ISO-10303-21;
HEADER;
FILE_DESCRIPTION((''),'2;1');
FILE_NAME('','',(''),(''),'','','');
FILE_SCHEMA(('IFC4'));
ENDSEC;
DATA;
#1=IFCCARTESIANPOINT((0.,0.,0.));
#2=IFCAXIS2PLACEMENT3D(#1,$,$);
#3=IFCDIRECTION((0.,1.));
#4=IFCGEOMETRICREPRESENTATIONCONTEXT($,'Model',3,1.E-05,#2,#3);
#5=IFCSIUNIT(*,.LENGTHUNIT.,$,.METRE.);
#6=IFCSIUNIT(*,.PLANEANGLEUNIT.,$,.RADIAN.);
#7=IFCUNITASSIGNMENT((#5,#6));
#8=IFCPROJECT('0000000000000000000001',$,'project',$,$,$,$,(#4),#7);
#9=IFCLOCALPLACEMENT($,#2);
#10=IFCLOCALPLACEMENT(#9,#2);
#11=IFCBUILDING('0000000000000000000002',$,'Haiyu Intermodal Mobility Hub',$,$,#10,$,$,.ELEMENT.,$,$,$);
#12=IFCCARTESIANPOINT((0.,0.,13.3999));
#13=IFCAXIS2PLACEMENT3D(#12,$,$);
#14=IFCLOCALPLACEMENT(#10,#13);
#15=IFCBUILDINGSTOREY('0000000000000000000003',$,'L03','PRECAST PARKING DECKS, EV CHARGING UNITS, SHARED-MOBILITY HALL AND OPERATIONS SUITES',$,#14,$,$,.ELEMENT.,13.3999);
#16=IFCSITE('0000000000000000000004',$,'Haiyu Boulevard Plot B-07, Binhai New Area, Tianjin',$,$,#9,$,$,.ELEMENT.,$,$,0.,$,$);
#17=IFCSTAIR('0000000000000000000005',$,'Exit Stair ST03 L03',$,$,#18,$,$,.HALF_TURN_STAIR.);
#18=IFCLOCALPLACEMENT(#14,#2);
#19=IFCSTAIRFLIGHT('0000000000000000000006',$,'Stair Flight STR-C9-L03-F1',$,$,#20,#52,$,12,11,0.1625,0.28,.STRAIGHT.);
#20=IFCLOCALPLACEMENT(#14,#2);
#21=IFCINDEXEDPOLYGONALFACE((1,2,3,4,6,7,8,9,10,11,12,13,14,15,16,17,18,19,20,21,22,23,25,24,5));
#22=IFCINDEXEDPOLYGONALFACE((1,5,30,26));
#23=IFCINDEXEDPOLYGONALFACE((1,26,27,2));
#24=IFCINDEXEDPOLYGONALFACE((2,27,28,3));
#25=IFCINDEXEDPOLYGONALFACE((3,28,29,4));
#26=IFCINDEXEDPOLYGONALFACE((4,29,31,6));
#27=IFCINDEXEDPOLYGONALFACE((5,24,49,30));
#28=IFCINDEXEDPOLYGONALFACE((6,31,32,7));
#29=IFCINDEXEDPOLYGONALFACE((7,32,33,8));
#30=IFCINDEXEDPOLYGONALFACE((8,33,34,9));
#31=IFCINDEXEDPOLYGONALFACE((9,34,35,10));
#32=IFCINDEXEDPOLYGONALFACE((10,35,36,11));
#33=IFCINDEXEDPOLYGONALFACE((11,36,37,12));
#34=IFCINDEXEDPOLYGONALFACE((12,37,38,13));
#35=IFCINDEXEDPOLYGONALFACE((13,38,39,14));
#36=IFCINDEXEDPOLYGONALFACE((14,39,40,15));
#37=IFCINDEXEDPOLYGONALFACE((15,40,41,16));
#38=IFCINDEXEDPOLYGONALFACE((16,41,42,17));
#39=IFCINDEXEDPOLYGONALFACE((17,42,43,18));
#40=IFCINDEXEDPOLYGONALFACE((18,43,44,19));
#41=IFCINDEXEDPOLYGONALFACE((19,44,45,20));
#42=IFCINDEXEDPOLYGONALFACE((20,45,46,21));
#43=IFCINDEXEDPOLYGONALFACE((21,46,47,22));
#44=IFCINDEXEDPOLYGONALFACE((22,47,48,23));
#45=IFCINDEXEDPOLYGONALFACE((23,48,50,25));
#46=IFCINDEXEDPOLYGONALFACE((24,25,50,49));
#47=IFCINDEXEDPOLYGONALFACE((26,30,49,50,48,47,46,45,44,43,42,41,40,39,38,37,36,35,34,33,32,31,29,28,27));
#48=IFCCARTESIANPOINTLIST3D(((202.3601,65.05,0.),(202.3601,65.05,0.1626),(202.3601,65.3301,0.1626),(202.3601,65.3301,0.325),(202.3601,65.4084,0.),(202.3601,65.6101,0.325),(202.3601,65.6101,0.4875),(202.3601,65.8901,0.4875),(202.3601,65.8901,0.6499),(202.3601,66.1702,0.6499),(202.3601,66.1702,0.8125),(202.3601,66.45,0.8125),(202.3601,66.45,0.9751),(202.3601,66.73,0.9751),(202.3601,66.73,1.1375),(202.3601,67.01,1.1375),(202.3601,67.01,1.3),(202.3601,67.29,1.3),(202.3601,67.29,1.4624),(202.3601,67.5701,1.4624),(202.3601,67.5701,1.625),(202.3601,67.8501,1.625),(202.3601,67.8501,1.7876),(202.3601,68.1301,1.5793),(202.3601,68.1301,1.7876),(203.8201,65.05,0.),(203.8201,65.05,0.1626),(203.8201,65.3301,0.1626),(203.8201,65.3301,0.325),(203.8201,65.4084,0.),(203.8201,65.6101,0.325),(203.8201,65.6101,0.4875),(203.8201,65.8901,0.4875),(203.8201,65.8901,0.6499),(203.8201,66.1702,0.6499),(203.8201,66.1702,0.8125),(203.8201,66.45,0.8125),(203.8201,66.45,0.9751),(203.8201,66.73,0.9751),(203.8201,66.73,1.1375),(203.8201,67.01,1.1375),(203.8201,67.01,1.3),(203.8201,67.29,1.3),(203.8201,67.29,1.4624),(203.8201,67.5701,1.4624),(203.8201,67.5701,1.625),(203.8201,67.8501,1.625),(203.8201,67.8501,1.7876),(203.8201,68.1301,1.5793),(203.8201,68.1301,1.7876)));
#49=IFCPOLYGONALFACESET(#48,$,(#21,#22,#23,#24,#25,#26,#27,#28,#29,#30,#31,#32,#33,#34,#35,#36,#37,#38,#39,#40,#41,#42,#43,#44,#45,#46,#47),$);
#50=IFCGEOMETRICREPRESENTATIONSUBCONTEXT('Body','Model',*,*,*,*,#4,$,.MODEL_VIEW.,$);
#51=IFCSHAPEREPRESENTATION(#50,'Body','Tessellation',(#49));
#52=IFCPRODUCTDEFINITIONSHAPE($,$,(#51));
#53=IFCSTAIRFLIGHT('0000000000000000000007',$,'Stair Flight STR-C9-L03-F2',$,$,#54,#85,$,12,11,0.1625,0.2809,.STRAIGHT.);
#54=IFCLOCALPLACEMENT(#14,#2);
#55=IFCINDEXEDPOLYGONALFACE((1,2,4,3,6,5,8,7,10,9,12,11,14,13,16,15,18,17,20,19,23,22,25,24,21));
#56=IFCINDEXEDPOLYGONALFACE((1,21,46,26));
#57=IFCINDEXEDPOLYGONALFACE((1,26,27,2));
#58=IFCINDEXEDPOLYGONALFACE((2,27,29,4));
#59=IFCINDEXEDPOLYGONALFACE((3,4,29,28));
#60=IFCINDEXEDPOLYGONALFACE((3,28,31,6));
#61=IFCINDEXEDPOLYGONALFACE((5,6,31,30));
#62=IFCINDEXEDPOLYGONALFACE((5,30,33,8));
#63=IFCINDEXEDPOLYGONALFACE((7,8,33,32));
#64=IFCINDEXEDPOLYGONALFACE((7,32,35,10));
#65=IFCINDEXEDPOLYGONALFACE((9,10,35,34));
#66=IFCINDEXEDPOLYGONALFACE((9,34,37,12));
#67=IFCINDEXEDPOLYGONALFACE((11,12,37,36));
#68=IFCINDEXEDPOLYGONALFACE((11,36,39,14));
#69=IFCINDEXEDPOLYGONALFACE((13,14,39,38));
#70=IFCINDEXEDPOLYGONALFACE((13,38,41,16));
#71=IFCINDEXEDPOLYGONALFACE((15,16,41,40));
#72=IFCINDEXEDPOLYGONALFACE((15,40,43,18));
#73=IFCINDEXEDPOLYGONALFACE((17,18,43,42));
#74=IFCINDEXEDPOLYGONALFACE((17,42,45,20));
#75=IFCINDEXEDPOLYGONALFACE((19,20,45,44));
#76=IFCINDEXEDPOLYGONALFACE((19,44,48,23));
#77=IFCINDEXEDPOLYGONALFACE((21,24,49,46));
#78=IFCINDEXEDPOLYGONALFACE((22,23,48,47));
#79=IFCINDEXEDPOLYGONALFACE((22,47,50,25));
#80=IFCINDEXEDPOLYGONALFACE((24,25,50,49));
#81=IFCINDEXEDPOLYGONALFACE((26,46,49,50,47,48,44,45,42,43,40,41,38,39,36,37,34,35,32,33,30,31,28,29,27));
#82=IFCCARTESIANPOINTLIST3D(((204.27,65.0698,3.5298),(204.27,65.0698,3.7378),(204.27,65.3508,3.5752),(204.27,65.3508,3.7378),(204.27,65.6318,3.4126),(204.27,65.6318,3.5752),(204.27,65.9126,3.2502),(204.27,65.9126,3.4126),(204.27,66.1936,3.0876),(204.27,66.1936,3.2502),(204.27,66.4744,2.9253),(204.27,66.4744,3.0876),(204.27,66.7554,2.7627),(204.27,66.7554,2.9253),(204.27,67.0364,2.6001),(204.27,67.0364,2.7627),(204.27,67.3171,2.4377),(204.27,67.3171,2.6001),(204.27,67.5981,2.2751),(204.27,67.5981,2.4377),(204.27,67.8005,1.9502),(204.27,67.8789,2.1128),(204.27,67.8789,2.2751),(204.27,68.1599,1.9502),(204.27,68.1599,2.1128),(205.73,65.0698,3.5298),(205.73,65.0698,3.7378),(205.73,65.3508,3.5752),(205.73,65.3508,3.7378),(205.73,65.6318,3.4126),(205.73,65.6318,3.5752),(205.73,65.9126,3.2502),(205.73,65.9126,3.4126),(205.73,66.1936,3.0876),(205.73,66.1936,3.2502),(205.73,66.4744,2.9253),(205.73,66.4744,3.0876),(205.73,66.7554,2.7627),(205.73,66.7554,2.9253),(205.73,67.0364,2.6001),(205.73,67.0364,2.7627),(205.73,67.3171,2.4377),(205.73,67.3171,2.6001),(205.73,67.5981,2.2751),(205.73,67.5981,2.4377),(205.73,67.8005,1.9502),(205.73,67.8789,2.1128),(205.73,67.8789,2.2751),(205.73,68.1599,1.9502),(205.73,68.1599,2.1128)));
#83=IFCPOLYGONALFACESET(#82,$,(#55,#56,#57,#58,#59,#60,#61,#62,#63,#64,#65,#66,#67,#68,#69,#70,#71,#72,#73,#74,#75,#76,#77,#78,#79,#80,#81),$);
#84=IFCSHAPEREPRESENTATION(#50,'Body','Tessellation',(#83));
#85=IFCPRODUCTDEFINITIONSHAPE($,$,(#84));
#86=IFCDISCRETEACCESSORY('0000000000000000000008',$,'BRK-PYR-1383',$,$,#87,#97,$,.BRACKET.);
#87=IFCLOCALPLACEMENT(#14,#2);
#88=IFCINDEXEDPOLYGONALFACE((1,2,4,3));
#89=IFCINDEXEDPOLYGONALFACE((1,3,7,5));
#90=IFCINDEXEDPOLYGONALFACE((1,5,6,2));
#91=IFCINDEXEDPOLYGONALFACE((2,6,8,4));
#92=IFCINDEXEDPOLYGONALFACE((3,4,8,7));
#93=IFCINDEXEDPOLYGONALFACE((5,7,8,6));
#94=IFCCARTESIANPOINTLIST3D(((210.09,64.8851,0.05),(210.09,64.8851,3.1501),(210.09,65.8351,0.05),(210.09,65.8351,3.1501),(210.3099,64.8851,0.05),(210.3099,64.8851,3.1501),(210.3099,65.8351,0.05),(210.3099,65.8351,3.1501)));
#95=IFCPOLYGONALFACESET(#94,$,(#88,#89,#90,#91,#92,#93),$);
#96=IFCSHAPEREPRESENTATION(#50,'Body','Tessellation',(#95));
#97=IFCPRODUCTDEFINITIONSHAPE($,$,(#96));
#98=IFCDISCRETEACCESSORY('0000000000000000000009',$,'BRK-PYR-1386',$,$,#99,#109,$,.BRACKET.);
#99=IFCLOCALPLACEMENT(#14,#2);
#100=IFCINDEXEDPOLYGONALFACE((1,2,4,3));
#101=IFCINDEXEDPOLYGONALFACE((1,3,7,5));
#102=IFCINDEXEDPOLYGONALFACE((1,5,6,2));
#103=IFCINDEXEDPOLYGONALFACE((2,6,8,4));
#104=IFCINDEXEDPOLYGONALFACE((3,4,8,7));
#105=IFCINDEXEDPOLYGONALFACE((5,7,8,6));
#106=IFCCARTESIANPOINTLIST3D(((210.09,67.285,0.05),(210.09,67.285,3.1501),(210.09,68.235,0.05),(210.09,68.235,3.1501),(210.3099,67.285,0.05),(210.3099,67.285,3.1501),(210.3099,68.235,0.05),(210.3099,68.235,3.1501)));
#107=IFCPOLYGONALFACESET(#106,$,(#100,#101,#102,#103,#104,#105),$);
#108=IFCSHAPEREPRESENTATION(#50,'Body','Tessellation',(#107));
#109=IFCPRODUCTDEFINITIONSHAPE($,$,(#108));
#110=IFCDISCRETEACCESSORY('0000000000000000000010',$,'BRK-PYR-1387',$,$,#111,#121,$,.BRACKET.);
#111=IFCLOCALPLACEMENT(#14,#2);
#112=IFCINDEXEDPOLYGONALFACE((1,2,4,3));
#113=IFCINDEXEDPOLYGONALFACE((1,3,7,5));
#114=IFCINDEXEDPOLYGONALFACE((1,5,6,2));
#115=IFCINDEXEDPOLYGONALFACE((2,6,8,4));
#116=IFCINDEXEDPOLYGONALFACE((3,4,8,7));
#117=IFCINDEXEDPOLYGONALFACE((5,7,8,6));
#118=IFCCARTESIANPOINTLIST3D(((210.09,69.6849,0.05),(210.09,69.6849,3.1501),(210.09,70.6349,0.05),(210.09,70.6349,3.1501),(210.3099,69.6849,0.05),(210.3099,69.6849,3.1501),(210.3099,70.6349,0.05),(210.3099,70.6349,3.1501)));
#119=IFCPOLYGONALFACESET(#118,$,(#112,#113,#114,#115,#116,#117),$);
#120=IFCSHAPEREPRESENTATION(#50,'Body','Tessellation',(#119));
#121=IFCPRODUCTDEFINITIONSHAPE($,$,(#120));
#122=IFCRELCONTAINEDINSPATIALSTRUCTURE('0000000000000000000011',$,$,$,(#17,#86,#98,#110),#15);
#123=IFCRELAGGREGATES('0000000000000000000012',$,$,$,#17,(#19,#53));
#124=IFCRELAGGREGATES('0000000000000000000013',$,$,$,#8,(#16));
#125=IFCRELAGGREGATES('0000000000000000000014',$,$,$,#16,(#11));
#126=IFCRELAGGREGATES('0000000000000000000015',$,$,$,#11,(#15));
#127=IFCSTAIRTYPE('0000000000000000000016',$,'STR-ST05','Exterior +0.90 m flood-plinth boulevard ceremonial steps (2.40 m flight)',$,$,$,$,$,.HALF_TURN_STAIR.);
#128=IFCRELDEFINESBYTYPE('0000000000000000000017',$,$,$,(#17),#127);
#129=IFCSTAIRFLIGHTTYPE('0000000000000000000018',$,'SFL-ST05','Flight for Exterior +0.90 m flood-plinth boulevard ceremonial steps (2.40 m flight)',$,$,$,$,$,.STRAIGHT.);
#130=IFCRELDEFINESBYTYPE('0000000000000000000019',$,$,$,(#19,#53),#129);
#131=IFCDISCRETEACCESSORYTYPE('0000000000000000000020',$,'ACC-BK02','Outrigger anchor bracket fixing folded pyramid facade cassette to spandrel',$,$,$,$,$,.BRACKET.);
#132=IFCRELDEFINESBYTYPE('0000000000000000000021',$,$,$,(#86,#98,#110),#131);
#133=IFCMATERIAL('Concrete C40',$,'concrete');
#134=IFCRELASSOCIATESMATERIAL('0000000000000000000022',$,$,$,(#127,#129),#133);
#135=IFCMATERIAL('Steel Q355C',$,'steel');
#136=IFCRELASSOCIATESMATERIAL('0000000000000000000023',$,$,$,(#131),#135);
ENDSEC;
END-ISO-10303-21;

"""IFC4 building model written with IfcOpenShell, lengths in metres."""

from ifc_helpers import new_model, si_unit, direction, frame, origin, origin_2d, place, context, subcontext, project, spatial, polyline, rectangle, outline, extrude, material, type_object, element, aggregate, save


model = new_model("IFC4")

# Units and contexts
model_context = context("Model", 3, precision=1e-05, world=origin(), true_north=direction((0.0, 1.0)))
body_context = subcontext(model_context, "Body", "Model", "MODEL_VIEW")
ifc_project = project(units=[si_unit("LENGTHUNIT", "METRE"), si_unit("PLANEANGLEUNIT", "RADIAN")], contexts=[model_context])

# Site, building, storey
site_placement = place(None, origin())
site = spatial("IfcSite", under=ifc_project, at=site_placement, Name="Haiyu Boulevard Plot B-07, Binhai New Area, Tianjin", CompositionType="ELEMENT", RefElevation=0.0)
building_placement = place(site_placement, origin())
building = spatial("IfcBuilding", under=site, at=building_placement, Name="Haiyu Intermodal Mobility Hub", CompositionType="ELEMENT")
storey_placement = place(building_placement, frame((0.0, 0.0, 13.3999)))
storey = spatial("IfcBuildingStorey", under=building, at=storey_placement, Name="L03", Description="PRECAST PARKING DECKS, EV CHARGING UNITS, SHARED-MOBILITY HALL AND OPERATIONS SUITES", CompositionType="ELEMENT", Elevation=13.3999)

# Shared definitions
ifc_material_1 = material(Name="Concrete C40", Category="concrete")
ifc_material_2 = material(Name="Steel Q355C", Category="steel")

# Stair, stair flights
stair_type = type_object("IfcStairType", Name="STR-ST05", Description="Exterior +0.90 m flood-plinth boulevard ceremonial steps (2.40 m flight)", PredefinedType="HALF_TURN_STAIR", material=ifc_material_1)
stair_placement = place(storey_placement, origin())
stair = element("IfcStair", 1, at=stair_placement, inside=storey, type_object=stair_type, Name="Exit Stair ST03 L03", PredefinedType="HALF_TURN_STAIR")
stair_flight_type = type_object("IfcStairFlightType", Name="SFL-ST05", Description="Flight for Exterior +0.90 m flood-plinth boulevard ceremonial steps (2.40 m flight)", PredefinedType="STRAIGHT", material=ifc_material_1)
stair_flight_1_placement = place(storey_placement, frame((203.0901, 65.05, 0.0), z_axis=(0.0, 0.0, 1.0), x_axis=(0.0, 1.0, 0.0)))
stair_flight_1 = element("IfcStairFlight", 2, at=stair_flight_1_placement, type_object=stair_flight_type, Name="Stair Flight STR-C9-L03-F1", NumberOfRisers=12, NumberOfTreads=11, PredefinedType="STRAIGHT", RiserHeight=0.1625, TreadLength=0.28, context=body_context, shape_type="SweptSolid", body=[
    extrude(outline(polyline([(0.0, 0.0), (0.0, 0.1626), (0.28, 0.1626), (0.28, 0.325), (0.5601, 0.325), (0.5601, 0.4875), (0.8401, 0.4875), (0.8401, 0.6499), (1.1201, 0.6499), (1.1201, 0.8125), (1.3999, 0.8125), (1.3999, 0.9751), (1.6799, 0.9751), (1.6799, 1.1375), (1.96, 1.1375), (1.96, 1.3), (2.24, 1.3), (2.24, 1.4624), (2.52, 1.4624), (2.52, 1.625), (2.8, 1.625), (2.8, 1.7876), (3.0801, 1.7876), (3.0801, 1.95), (3.0801, 1.5793), (0.3584, 0.0), (0.0, 0.0)])), frame((0.0, 0.73, 0.0), z_axis=(0.0, -1.0, 0.0), x_axis=(1.0, 0.0, 0.0)), (0.0, 0.0, 1.0), 1.46),
])
stair_flight_2_placement = place(storey_placement, frame((205.0, 68.1599, 1.9502), z_axis=(0.0, 0.0, 1.0), x_axis=(0.0, -1.0, 0.0)))
stair_flight_2 = element("IfcStairFlight", 3, at=stair_flight_2_placement, type_object=stair_flight_type, Name="Stair Flight STR-C9-L03-F2", NumberOfRisers=12, NumberOfTreads=11, PredefinedType="STRAIGHT", RiserHeight=0.1625, TreadLength=0.2809, context=body_context, shape_type="SweptSolid", body=[
    extrude(outline(polyline([(0.0, 0.0), (0.0, 0.1626), (0.281, 0.1626), (0.281, 0.325), (0.5618, 0.325), (0.5618, 0.4875), (0.8428, 0.4875), (0.8428, 0.6499), (1.1235, 0.6499), (1.1235, 0.8125), (1.4045, 0.8125), (1.4045, 0.9751), (1.6855, 0.9751), (1.6855, 1.1375), (1.9663, 1.1375), (1.9663, 1.3), (2.2473, 1.3), (2.2473, 1.4624), (2.5281, 1.4624), (2.5281, 1.625), (2.8091, 1.625), (2.8091, 1.7876), (3.0901, 1.7876), (3.0901, 1.95), (3.0901, 1.5796), (0.3594, 0.0), (0.0, 0.0)])), frame((0.0, 0.73, 0.0), z_axis=(0.0, -1.0, 0.0), x_axis=(1.0, 0.0, 0.0)), (0.0, 0.0, 1.0), 1.46),
])
aggregate(stair, [stair_flight_1, stair_flight_2])

# Discrete accessories
discrete_accessory_type = type_object("IfcDiscreteAccessoryType", Name="ACC-BK02", Description="Outrigger anchor bracket fixing folded pyramid facade cassette to spandrel", PredefinedType="BRACKET", material=ifc_material_2)
for number, where, z_axis, x_axis, name in (
    (4, (210.2, 65.3601, 0.05), (0.0, 0.0, 1.0), (1.0, 0.0, 0.0), "BRK-PYR-1383"),
    (5, (210.2, 67.76, 0.05), (0.0, 0.0, 1.0), (1.0, 0.0, 0.0), "BRK-PYR-1386"),
    (6, (210.2, 70.1599, 0.05), (0.0, 0.0, 1.0), (1.0, 0.0, 0.0), "BRK-PYR-1387"),
):
    element("IfcDiscreteAccessory", number, at=place(storey_placement, frame(where, z_axis=z_axis, x_axis=x_axis)), inside=storey, type_object=discrete_accessory_type, Name=name, PredefinedType="BRACKET", context=body_context, shape_type="SweptSolid", body=[
        extrude(rectangle(XDim=0.22, YDim=0.95, at=origin_2d()), origin(), (0.0, 0.0, 1.0), 3.1001),
    ])

save(model, "model.ifc")
